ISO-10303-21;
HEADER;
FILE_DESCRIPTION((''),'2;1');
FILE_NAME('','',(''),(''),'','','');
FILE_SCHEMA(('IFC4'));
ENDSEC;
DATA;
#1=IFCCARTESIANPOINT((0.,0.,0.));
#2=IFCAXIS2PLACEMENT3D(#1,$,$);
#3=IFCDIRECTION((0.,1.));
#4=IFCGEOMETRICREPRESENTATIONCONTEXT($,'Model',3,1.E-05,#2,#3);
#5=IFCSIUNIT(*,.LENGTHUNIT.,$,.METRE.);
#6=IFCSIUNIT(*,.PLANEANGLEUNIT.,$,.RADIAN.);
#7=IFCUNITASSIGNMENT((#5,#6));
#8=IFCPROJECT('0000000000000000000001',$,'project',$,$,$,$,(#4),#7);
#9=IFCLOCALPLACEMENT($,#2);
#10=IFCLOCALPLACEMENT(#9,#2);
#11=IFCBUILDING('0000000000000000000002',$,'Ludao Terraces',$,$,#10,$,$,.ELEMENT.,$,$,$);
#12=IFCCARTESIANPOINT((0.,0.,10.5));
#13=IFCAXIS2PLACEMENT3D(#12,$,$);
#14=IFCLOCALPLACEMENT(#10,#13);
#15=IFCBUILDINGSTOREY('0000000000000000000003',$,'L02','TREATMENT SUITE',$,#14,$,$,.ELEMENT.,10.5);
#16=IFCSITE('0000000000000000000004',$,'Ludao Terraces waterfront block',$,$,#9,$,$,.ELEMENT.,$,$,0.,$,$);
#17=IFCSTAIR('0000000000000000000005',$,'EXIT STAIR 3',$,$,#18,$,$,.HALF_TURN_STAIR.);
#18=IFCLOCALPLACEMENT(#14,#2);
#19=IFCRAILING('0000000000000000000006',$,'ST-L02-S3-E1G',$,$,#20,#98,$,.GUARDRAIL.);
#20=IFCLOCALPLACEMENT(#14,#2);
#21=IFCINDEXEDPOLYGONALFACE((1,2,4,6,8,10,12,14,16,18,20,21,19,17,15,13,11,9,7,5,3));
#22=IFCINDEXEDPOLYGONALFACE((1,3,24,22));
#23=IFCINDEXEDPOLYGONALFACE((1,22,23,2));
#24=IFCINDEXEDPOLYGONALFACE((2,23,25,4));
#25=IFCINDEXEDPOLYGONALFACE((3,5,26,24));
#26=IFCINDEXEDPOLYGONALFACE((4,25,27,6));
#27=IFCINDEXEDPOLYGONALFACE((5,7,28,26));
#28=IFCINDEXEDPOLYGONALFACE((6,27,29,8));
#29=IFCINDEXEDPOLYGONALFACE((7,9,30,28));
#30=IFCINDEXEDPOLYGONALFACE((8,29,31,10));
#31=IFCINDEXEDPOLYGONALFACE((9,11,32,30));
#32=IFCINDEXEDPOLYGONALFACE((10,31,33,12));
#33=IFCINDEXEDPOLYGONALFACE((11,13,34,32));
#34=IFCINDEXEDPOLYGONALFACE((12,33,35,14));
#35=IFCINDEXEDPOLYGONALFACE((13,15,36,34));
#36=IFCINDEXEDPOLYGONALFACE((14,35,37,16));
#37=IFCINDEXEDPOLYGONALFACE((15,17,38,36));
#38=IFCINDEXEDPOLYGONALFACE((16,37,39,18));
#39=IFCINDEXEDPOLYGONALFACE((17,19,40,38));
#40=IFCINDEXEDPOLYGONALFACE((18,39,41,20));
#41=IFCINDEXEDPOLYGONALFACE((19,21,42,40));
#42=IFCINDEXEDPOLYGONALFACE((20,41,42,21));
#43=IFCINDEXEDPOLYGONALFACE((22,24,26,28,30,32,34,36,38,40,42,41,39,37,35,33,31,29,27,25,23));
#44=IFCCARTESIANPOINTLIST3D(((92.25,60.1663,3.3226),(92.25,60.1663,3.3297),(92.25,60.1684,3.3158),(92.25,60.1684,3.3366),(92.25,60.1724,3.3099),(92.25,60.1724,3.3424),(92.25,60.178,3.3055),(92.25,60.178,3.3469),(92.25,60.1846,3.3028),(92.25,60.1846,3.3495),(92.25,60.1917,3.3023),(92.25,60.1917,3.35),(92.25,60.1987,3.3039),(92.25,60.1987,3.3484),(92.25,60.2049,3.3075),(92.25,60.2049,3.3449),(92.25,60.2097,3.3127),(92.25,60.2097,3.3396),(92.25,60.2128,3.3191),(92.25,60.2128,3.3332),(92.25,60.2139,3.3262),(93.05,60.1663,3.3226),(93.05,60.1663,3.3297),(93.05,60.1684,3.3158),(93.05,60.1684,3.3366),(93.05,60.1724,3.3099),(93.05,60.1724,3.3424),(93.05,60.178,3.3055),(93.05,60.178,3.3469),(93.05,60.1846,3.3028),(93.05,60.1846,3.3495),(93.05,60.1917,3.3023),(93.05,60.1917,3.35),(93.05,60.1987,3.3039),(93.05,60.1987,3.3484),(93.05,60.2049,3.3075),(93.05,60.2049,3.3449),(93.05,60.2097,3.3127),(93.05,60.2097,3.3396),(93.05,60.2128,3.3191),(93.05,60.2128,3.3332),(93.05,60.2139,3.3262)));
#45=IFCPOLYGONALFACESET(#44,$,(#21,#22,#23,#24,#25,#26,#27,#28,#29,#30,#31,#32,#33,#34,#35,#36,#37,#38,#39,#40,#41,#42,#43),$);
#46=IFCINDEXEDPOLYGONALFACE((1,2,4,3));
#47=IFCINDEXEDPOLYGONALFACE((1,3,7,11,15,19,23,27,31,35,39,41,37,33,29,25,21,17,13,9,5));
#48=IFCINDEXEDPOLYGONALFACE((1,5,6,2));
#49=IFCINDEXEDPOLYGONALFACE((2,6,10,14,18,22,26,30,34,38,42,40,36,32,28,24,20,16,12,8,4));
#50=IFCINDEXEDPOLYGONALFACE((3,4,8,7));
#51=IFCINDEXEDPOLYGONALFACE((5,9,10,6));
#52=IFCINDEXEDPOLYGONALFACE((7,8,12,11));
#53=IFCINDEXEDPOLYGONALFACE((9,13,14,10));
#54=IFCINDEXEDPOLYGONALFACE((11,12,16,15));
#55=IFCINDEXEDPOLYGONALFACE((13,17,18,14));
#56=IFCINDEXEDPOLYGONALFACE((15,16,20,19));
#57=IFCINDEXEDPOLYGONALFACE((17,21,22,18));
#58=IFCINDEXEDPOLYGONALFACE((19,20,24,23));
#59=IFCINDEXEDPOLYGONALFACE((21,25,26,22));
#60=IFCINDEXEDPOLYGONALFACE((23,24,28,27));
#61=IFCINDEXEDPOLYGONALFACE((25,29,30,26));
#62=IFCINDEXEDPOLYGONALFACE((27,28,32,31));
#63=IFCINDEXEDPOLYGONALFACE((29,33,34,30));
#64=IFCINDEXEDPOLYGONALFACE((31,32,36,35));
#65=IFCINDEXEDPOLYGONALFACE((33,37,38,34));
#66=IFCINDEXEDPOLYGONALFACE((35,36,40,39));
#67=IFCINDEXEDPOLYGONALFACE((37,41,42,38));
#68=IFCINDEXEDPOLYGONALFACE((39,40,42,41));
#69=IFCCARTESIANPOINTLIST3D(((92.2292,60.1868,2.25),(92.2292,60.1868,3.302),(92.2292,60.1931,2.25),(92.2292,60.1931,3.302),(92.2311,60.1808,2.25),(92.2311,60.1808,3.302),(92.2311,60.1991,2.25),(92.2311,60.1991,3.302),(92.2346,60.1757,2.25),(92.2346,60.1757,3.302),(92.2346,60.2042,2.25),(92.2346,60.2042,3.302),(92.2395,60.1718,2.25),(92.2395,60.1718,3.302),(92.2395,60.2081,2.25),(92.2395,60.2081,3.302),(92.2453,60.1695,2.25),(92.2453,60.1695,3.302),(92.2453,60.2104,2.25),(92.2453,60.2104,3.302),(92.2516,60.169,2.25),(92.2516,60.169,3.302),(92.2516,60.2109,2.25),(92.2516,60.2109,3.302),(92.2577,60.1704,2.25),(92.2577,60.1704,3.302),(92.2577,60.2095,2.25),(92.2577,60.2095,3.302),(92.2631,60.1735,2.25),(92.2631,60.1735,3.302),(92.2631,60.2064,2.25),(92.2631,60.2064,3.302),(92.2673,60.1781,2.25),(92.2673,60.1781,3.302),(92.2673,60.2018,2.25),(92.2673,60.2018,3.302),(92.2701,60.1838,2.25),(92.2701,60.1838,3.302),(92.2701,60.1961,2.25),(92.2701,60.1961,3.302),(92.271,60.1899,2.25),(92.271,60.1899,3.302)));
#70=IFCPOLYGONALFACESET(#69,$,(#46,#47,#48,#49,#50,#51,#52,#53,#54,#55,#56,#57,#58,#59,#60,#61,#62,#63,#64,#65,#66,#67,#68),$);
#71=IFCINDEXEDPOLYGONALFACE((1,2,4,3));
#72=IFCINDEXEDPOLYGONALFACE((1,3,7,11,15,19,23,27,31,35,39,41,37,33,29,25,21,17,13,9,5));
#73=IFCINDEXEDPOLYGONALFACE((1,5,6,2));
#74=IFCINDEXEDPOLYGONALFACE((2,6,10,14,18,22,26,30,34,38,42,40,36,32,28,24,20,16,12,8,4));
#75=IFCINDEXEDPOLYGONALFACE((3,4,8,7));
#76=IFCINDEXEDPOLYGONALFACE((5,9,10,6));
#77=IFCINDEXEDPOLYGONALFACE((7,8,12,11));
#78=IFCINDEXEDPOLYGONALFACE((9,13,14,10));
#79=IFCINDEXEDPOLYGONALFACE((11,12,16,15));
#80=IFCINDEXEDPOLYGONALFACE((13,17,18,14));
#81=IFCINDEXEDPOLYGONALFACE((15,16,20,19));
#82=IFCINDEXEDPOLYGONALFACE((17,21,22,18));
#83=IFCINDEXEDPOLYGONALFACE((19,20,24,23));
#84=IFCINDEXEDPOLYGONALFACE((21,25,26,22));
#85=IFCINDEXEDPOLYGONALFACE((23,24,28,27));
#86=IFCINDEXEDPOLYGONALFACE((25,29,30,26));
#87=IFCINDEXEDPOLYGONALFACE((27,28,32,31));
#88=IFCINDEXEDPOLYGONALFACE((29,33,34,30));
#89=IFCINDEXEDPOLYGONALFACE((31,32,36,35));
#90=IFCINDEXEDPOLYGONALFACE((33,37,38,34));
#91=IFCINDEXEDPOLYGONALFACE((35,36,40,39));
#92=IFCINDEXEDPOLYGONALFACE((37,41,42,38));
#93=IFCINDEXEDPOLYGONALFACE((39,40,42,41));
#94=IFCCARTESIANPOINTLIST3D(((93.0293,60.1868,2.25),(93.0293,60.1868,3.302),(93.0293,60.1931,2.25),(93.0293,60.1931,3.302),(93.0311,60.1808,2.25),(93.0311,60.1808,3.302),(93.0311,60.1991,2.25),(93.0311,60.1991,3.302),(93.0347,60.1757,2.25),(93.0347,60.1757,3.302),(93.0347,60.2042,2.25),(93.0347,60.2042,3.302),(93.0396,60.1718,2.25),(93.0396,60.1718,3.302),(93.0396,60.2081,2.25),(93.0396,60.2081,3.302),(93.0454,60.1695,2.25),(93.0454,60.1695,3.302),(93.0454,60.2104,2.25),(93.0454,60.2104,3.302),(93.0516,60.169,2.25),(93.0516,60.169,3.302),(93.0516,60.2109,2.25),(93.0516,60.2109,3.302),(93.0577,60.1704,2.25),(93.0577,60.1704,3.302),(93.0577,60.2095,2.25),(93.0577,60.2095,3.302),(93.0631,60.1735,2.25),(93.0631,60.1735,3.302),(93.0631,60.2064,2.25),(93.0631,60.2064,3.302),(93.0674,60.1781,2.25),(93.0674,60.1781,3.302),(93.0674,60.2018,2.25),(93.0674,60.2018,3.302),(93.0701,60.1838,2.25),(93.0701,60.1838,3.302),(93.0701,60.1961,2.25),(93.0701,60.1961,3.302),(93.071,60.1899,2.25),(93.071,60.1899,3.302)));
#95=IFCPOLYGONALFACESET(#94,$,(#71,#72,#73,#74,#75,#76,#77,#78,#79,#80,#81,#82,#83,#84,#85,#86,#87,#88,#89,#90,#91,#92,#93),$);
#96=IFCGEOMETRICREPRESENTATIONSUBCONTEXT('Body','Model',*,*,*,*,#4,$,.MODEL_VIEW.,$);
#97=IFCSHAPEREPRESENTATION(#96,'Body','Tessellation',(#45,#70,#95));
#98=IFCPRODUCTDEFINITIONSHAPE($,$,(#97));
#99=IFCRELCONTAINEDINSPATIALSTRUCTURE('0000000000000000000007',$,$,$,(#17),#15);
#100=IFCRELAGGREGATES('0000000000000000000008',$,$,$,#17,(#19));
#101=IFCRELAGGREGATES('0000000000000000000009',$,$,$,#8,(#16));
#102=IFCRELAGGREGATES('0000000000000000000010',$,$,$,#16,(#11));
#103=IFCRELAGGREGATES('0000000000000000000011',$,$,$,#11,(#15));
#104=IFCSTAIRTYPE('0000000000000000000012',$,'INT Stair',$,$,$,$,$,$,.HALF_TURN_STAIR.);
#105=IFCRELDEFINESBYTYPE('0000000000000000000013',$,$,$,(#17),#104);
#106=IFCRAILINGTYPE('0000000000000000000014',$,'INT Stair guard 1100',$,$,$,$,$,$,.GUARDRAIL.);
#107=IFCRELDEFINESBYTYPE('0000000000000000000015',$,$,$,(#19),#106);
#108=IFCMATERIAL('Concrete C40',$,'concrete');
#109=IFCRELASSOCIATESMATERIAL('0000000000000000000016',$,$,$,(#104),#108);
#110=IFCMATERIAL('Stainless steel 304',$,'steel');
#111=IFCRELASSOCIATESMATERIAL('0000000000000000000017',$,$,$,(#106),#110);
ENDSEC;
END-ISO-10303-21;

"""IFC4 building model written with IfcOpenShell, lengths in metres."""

from ifc_helpers import new_model, si_unit, direction, frame, origin, origin_2d, place, context, subcontext, project, spatial, circle, extrude, material, type_object, element, aggregate, save


model = new_model("IFC4")

# Units and contexts
model_context = context("Model", 3, precision=1e-05, world=origin(), true_north=direction((0.0, 1.0)))
body_context = subcontext(model_context, "Body", "Model", "MODEL_VIEW")
ifc_project = project(units=[si_unit("LENGTHUNIT", "METRE"), si_unit("PLANEANGLEUNIT", "RADIAN")], contexts=[model_context])

# Site, building, storey
site_placement = place(None, origin())
site = spatial("IfcSite", under=ifc_project, at=site_placement, Name="Ludao Terraces waterfront block", CompositionType="ELEMENT", RefElevation=0.0)
building_placement = place(site_placement, origin())
building = spatial("IfcBuilding", under=site, at=building_placement, Name="Ludao Terraces", CompositionType="ELEMENT")
storey_placement = place(building_placement, frame((0.0, 0.0, 10.5)))
storey = spatial("IfcBuildingStorey", under=building, at=storey_placement, Name="L02", Description="TREATMENT SUITE", CompositionType="ELEMENT", Elevation=10.5)

# Stair, railing
ifc_material_1 = material(Name="Concrete C40", Category="concrete")
stair_type = type_object("IfcStairType", Name="INT Stair", PredefinedType="HALF_TURN_STAIR", material=ifc_material_1)
stair_placement = place(storey_placement, origin())
stair = element("IfcStair", 1, at=stair_placement, inside=storey, type_object=stair_type, Name="EXIT STAIR 3", PredefinedType="HALF_TURN_STAIR")
ifc_material_2 = material(Name="Stainless steel 304", Category="steel")
railing_type_1 = type_object("IfcRailingType", Name="INT Stair guard 1100", PredefinedType="GUARDRAIL", material=ifc_material_2)
railing_1_placement = place(storey_placement, frame((92.25, 60.1899, 2.25)))
railing_1 = element("IfcRailing", 2, at=railing_1_placement, type_object=railing_type_1, Name="ST-L02-S3-E1G", PredefinedType="GUARDRAIL", context=body_context, shape_type="SweptSolid", body=[
    extrude(circle(Radius=0.0239, at=origin_2d()), frame((0.0, 0.0, 1.0762), z_axis=(1.0, 0.0, 0.0), x_axis=(0.0, 1.0, 0.0)), (0.0, 0.0, 1.0), 0.8),
    extrude(circle(Radius=0.021, at=origin_2d()), origin(), (0.0, 0.0, 1.0), 1.052),
    extrude(circle(Radius=0.021, at=origin_2d()), frame((0.8, 0.0, 0.0)), (0.0, 0.0, 1.0), 1.052),
])
aggregate(stair, [railing_1])

save(model, "model.ifc")
